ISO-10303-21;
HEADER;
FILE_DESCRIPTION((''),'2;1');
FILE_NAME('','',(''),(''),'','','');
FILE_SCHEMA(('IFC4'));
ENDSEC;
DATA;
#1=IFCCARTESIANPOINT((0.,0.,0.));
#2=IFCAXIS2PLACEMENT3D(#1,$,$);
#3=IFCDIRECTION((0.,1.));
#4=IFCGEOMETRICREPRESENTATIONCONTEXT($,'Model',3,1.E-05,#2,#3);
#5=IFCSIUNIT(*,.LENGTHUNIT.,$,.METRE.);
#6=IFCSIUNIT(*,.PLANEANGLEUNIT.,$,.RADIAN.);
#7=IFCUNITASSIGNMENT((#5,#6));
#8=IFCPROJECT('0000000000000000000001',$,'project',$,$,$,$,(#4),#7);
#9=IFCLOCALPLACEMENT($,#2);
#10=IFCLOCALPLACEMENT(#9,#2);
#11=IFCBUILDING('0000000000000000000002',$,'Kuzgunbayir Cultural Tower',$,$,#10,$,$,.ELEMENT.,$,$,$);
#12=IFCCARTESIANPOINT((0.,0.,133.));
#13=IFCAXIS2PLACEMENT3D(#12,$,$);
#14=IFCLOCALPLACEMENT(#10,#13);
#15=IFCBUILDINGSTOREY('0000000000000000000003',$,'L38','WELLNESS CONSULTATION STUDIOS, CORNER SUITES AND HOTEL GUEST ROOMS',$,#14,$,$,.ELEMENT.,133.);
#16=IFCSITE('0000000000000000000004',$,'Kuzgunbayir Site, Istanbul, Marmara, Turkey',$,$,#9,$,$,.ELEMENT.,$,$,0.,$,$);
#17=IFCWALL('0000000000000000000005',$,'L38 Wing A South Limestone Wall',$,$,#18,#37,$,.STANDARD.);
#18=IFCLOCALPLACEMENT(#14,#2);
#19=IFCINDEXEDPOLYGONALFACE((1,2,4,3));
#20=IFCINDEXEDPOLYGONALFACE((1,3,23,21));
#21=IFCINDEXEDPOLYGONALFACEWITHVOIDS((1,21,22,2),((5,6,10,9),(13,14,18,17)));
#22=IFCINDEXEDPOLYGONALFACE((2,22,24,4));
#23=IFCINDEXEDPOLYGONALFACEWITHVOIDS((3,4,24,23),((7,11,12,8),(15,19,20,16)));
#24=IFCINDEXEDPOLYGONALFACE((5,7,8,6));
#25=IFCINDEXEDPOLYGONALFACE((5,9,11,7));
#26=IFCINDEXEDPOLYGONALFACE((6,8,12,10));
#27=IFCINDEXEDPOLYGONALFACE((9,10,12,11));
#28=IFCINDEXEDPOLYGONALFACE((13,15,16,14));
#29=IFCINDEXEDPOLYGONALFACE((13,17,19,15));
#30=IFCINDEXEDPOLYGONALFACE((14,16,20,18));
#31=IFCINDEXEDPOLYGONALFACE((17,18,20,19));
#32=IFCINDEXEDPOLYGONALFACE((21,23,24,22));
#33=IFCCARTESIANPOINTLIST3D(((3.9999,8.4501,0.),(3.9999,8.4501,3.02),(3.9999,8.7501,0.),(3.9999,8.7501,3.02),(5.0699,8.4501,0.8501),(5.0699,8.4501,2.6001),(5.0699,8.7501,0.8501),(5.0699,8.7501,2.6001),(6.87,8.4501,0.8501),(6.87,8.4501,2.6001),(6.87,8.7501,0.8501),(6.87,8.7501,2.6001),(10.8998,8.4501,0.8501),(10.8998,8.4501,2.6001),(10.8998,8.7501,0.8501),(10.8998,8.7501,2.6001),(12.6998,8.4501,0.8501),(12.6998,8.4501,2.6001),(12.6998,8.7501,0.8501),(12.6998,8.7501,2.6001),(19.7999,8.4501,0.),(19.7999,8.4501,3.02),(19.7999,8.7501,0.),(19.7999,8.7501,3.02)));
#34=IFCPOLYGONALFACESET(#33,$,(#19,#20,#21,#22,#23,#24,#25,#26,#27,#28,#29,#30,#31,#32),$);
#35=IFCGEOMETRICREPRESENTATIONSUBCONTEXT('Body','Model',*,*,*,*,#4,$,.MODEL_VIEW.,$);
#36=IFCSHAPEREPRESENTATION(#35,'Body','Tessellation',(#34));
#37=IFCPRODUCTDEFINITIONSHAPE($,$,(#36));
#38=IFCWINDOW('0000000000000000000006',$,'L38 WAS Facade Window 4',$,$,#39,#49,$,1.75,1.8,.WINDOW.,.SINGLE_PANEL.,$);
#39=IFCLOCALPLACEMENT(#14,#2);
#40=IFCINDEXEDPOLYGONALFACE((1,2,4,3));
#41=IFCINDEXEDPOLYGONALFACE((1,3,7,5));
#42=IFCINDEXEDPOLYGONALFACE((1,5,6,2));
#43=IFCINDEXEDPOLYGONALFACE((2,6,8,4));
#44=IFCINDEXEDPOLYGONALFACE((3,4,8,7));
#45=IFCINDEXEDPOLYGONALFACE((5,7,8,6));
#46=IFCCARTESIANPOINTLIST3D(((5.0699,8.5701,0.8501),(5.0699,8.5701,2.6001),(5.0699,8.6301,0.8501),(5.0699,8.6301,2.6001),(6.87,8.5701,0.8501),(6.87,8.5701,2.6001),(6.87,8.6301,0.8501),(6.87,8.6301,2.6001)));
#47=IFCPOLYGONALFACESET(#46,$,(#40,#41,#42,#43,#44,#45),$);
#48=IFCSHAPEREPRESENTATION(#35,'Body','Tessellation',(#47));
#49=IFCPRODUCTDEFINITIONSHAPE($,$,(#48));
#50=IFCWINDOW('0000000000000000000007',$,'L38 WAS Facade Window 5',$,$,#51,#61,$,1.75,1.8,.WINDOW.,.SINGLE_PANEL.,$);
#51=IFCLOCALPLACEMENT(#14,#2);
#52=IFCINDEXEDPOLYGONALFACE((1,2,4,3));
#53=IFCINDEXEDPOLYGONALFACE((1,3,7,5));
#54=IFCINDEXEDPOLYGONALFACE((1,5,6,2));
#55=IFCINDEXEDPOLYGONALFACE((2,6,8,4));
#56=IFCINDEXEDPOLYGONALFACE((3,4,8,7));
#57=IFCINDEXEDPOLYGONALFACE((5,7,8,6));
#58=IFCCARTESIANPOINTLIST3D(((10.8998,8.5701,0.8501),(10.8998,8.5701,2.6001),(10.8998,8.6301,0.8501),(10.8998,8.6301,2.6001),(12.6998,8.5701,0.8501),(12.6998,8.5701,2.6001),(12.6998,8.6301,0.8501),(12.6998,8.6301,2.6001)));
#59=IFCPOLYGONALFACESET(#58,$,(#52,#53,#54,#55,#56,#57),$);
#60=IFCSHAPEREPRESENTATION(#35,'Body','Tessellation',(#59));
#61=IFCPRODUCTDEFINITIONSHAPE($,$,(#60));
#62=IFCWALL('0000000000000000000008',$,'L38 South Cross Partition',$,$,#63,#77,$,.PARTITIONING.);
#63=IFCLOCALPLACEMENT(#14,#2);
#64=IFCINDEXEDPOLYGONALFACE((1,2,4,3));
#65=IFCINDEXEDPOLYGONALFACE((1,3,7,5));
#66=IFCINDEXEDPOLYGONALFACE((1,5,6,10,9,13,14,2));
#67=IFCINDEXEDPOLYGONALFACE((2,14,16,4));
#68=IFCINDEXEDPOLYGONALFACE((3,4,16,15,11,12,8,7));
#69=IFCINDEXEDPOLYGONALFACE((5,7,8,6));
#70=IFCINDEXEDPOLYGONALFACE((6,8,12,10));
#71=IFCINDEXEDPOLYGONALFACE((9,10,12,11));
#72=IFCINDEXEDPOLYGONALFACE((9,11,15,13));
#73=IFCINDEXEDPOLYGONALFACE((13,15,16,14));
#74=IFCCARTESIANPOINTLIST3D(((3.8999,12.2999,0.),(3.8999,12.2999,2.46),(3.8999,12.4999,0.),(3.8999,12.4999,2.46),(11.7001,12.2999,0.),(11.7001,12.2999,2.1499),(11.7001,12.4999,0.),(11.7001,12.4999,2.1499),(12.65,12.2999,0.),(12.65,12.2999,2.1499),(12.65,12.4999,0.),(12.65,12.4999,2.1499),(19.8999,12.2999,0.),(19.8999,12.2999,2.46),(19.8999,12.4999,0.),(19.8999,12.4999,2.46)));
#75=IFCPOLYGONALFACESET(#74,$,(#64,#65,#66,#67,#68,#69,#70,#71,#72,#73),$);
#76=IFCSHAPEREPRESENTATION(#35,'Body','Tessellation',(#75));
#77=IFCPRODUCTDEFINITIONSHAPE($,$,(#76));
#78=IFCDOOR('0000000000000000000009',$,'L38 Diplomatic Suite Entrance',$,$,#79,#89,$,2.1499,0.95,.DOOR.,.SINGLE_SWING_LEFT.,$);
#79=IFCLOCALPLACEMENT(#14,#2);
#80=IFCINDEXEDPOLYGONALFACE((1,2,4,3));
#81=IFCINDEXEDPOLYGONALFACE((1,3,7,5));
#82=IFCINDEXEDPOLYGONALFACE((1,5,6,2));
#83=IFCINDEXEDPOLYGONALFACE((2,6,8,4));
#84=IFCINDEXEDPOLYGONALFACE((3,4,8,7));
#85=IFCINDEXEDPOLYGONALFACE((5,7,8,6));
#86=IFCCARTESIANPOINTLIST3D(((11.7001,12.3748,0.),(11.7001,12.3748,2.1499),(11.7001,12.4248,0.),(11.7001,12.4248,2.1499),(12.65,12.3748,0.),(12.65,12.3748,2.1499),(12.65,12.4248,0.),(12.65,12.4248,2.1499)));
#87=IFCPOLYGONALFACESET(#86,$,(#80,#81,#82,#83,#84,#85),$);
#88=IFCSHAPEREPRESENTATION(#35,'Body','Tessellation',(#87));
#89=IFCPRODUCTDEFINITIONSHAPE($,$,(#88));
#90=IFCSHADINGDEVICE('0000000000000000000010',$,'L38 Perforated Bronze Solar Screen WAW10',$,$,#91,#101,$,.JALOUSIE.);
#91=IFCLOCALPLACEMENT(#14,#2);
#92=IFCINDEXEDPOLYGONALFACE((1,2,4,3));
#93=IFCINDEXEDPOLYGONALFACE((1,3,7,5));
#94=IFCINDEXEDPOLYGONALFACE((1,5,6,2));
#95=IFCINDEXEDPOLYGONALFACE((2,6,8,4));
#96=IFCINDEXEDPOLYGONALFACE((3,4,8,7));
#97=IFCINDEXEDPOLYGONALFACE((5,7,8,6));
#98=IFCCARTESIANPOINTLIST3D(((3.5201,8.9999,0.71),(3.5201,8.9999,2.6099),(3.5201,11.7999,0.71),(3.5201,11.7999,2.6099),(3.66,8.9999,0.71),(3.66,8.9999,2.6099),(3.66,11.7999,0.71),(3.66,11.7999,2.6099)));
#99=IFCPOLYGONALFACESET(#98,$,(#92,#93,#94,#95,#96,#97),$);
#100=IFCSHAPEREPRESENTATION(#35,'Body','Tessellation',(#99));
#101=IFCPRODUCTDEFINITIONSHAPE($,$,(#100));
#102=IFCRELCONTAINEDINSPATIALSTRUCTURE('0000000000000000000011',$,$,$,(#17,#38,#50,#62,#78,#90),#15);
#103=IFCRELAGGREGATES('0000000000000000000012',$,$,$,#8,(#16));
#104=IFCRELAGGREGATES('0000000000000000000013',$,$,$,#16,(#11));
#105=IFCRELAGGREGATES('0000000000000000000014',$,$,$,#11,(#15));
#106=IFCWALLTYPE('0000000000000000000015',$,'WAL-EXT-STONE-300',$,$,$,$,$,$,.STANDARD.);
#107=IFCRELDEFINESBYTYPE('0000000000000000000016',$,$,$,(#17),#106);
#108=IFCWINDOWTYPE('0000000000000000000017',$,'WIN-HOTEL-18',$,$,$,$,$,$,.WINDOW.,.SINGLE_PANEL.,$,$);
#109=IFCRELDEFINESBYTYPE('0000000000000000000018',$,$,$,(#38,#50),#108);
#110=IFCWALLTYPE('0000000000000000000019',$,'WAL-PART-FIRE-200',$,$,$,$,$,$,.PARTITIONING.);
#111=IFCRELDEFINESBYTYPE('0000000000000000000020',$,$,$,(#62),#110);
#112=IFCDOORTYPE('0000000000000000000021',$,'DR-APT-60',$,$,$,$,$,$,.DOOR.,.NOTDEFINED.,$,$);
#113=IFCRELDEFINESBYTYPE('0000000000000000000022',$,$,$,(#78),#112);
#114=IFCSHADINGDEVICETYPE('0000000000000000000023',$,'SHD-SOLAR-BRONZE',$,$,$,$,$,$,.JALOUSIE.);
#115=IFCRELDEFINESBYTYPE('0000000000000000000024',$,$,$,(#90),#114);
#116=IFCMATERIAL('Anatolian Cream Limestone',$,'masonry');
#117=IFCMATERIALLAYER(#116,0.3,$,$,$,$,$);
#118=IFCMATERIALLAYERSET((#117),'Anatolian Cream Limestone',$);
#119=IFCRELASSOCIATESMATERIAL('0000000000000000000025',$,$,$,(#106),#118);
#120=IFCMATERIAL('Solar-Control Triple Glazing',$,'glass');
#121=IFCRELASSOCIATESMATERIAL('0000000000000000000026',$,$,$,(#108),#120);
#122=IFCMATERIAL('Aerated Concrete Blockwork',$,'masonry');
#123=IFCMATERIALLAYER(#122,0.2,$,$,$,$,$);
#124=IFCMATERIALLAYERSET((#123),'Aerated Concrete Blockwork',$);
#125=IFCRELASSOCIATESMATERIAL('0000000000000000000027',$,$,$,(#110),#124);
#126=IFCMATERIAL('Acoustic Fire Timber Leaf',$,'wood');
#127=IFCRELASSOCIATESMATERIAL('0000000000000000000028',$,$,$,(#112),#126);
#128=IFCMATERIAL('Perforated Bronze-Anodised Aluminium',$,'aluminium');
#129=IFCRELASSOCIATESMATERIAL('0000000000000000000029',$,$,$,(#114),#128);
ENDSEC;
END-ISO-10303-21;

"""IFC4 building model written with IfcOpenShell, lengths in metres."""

from ifc_helpers import new_model, si_unit, direction, frame, frame_2d, origin, origin_2d, place, context, subcontext, project, spatial, rectangle, extrude, material, layer, layer_set, type_object, element, fill, save


model = new_model("IFC4")

# Units and contexts
model_context = context("Model", 3, precision=1e-05, world=origin(), true_north=direction((0.0, 1.0)))
body_context = subcontext(model_context, "Body", "Model", "MODEL_VIEW")
ifc_project = project(units=[si_unit("LENGTHUNIT", "METRE"), si_unit("PLANEANGLEUNIT", "RADIAN")], contexts=[model_context])

# Site, building, storey
site_placement = place(None, origin())
site = spatial("IfcSite", under=ifc_project, at=site_placement, Name="Kuzgunbayir Site, Istanbul, Marmara, Turkey", CompositionType="ELEMENT", RefElevation=0.0)
building_placement = place(site_placement, origin())
building = spatial("IfcBuilding", under=site, at=building_placement, Name="Kuzgunbayir Cultural Tower", CompositionType="ELEMENT")
storey_placement = place(building_placement, frame((0.0, 0.0, 133.0)))
storey = spatial("IfcBuildingStorey", under=building, at=storey_placement, Name="L38", Description="WELLNESS CONSULTATION STUDIOS, CORNER SUITES AND HOTEL GUEST ROOMS", CompositionType="ELEMENT", Elevation=133.0)

# Wall, openings, windows
ifc_material_1 = material(Name="Anatolian Cream Limestone", Category="masonry")
ifc_layer_1 = layer(ifc_material_1, 0.3)
ifc_layer_set_1 = layer_set([ifc_layer_1], Name="Anatolian Cream Limestone")
wall_type_1 = type_object("IfcWallType", Name="WAL-EXT-STONE-300", PredefinedType="STANDARD", material=ifc_layer_set_1)
wall_1_placement = place(storey_placement, frame((4.0, 8.6001, 0.0), z_axis=(0.0, 0.0, 1.0), x_axis=(1.0, 0.0, 0.0)))
wall_1 = element("IfcWall", 1, at=wall_1_placement, inside=storey, type_object=wall_type_1, Name="L38 Wing A South Limestone Wall", PredefinedType="STANDARD", context=body_context, shape_type="SweptSolid", body=[
    extrude(rectangle(XDim=15.8, YDim=0.3, at=frame_2d((7.8999, 0.0))), origin(), (0.0, 0.0, 1.0), 3.02),
])
opening_1_placement = place(wall_1_placement, frame((1.0701, 0.0, 0.8501)))
opening_1 = element("IfcOpeningElement", 2, at=opening_1_placement, cuts=wall_1, PredefinedType="OPENING", context=body_context, shape_type="SweptSolid", body=[
    extrude(rectangle(XDim=1.8, YDim=1.75, at=frame_2d((0.8999, 0.875))), frame((0.0, 0.1602, 0.0), z_axis=(0.0, -1.0, 0.0), x_axis=(1.0, 0.0, 0.0)), (0.0, 0.0, 1.0), 0.3201),
])
opening_2_placement = place(wall_1_placement, frame((6.8999, 0.0, 0.8501)))
opening_2 = element("IfcOpeningElement", 3, at=opening_2_placement, cuts=wall_1, PredefinedType="OPENING", context=body_context, shape_type="SweptSolid", body=[
    extrude(rectangle(XDim=1.8, YDim=1.75, at=frame_2d((0.8999, 0.875))), frame((0.0, 0.1602, 0.0), z_axis=(0.0, -1.0, 0.0), x_axis=(1.0, 0.0, 0.0)), (0.0, 0.0, 1.0), 0.3201),
])
ifc_material_2 = material(Name="Solar-Control Triple Glazing", Category="glass")
window_type = type_object("IfcWindowType", Name="WIN-HOTEL-18", PartitioningType="SINGLE_PANEL", PredefinedType="WINDOW", material=ifc_material_2)
window_1_placement = place(opening_1_placement, origin())
window_1 = element("IfcWindow", 4, at=window_1_placement, inside=storey, type_object=window_type, Name="L38 WAS Facade Window 4", OverallHeight=1.75, OverallWidth=1.8, PartitioningType="SINGLE_PANEL", PredefinedType="WINDOW", context=body_context, shape_type="SweptSolid", body=[
    extrude(rectangle(XDim=1.8, YDim=1.75, at=frame_2d((0.8999, 0.875))), frame((0.0, 0.03, 0.0), z_axis=(0.0, -1.0, 0.0), x_axis=(1.0, 0.0, 0.0)), (0.0, 0.0, 1.0), 0.0601),
])
fill(opening_1, window_1)
window_2_placement = place(opening_2_placement, origin())
window_2 = element("IfcWindow", 5, at=window_2_placement, inside=storey, type_object=window_type, Name="L38 WAS Facade Window 5", OverallHeight=1.75, OverallWidth=1.8, PartitioningType="SINGLE_PANEL", PredefinedType="WINDOW", context=body_context, shape_type="SweptSolid", body=[
    extrude(rectangle(XDim=1.8, YDim=1.75, at=frame_2d((0.8999, 0.875))), frame((0.0, 0.03, 0.0), z_axis=(0.0, -1.0, 0.0), x_axis=(1.0, 0.0, 0.0)), (0.0, 0.0, 1.0), 0.0601),
])
fill(opening_2, window_2)

# Wall, opening, door
ifc_material_3 = material(Name="Aerated Concrete Blockwork", Category="masonry")
ifc_layer_2 = layer(ifc_material_3, 0.2)
ifc_layer_set_2 = layer_set([ifc_layer_2], Name="Aerated Concrete Blockwork")
wall_type_2 = type_object("IfcWallType", Name="WAL-PART-FIRE-200", PredefinedType="PARTITIONING", material=ifc_layer_set_2)
wall_2_placement = place(storey_placement, frame((3.8999, 12.3999, 0.0), z_axis=(0.0, 0.0, 1.0), x_axis=(1.0, 0.0, 0.0)))
wall_2 = element("IfcWall", 6, at=wall_2_placement, inside=storey, type_object=wall_type_2, Name="L38 South Cross Partition", PredefinedType="PARTITIONING", context=body_context, shape_type="SweptSolid", body=[
    extrude(rectangle(XDim=16.0, YDim=0.2, at=frame_2d((8.0, 0.0))), origin(), (0.0, 0.0, 1.0), 2.46),
])
opening_3_placement = place(wall_2_placement, frame((7.8, 0.0, 0.0)))
opening_3 = element("IfcOpeningElement", 7, at=opening_3_placement, cuts=wall_2, PredefinedType="OPENING", context=body_context, shape_type="SweptSolid", body=[
    extrude(rectangle(XDim=0.95, YDim=2.1499, at=frame_2d((0.4751, 1.075))), frame((0.0, 0.1099, 0.0), z_axis=(0.0, -1.0, 0.0), x_axis=(1.0, 0.0, 0.0)), (0.0, 0.0, 1.0), 0.22),
])
ifc_material_4 = material(Name="Acoustic Fire Timber Leaf", Category="wood")
door_type_1 = type_object("IfcDoorType", Name="DR-APT-60", OperationType="NOTDEFINED", PredefinedType="DOOR", material=ifc_material_4)
door_1_placement = place(opening_3_placement, origin())
door_1 = element("IfcDoor", 8, at=door_1_placement, inside=storey, type_object=door_type_1, Name="L38 Diplomatic Suite Entrance", OperationType="SINGLE_SWING_LEFT", OverallHeight=2.1499, OverallWidth=0.95, PredefinedType="DOOR", context=body_context, shape_type="SweptSolid", body=[
    extrude(rectangle(XDim=0.95, YDim=2.1499, at=frame_2d((0.4751, 1.075))), frame((0.0, 0.0249, 0.0), z_axis=(0.0, -1.0, 0.0), x_axis=(1.0, 0.0, 0.0)), (0.0, 0.0, 1.0), 0.05),
])
fill(opening_3, door_1)

# Shading device
ifc_material_5 = material(Name="Perforated Bronze-Anodised Aluminium", Category="aluminium")
shading_device_type = type_object("IfcShadingDeviceType", Name="SHD-SOLAR-BRONZE", PredefinedType="JALOUSIE", material=ifc_material_5)
shading_device_placement = place(storey_placement, frame((3.5901, 10.3999, 0.71), z_axis=(0.0, 0.0, 1.0), x_axis=(1.0, 0.0, 0.0)))
element("IfcShadingDevice", 9, at=shading_device_placement, inside=storey, type_object=shading_device_type, Name="L38 Perforated Bronze Solar Screen WAW10", PredefinedType="JALOUSIE", context=body_context, shape_type="SweptSolid", body=[
    extrude(rectangle(XDim=0.1399, YDim=2.8, at=origin_2d()), origin(), (0.0, 0.0, 1.0), 1.8999),
])

save(model, "model.ifc")
